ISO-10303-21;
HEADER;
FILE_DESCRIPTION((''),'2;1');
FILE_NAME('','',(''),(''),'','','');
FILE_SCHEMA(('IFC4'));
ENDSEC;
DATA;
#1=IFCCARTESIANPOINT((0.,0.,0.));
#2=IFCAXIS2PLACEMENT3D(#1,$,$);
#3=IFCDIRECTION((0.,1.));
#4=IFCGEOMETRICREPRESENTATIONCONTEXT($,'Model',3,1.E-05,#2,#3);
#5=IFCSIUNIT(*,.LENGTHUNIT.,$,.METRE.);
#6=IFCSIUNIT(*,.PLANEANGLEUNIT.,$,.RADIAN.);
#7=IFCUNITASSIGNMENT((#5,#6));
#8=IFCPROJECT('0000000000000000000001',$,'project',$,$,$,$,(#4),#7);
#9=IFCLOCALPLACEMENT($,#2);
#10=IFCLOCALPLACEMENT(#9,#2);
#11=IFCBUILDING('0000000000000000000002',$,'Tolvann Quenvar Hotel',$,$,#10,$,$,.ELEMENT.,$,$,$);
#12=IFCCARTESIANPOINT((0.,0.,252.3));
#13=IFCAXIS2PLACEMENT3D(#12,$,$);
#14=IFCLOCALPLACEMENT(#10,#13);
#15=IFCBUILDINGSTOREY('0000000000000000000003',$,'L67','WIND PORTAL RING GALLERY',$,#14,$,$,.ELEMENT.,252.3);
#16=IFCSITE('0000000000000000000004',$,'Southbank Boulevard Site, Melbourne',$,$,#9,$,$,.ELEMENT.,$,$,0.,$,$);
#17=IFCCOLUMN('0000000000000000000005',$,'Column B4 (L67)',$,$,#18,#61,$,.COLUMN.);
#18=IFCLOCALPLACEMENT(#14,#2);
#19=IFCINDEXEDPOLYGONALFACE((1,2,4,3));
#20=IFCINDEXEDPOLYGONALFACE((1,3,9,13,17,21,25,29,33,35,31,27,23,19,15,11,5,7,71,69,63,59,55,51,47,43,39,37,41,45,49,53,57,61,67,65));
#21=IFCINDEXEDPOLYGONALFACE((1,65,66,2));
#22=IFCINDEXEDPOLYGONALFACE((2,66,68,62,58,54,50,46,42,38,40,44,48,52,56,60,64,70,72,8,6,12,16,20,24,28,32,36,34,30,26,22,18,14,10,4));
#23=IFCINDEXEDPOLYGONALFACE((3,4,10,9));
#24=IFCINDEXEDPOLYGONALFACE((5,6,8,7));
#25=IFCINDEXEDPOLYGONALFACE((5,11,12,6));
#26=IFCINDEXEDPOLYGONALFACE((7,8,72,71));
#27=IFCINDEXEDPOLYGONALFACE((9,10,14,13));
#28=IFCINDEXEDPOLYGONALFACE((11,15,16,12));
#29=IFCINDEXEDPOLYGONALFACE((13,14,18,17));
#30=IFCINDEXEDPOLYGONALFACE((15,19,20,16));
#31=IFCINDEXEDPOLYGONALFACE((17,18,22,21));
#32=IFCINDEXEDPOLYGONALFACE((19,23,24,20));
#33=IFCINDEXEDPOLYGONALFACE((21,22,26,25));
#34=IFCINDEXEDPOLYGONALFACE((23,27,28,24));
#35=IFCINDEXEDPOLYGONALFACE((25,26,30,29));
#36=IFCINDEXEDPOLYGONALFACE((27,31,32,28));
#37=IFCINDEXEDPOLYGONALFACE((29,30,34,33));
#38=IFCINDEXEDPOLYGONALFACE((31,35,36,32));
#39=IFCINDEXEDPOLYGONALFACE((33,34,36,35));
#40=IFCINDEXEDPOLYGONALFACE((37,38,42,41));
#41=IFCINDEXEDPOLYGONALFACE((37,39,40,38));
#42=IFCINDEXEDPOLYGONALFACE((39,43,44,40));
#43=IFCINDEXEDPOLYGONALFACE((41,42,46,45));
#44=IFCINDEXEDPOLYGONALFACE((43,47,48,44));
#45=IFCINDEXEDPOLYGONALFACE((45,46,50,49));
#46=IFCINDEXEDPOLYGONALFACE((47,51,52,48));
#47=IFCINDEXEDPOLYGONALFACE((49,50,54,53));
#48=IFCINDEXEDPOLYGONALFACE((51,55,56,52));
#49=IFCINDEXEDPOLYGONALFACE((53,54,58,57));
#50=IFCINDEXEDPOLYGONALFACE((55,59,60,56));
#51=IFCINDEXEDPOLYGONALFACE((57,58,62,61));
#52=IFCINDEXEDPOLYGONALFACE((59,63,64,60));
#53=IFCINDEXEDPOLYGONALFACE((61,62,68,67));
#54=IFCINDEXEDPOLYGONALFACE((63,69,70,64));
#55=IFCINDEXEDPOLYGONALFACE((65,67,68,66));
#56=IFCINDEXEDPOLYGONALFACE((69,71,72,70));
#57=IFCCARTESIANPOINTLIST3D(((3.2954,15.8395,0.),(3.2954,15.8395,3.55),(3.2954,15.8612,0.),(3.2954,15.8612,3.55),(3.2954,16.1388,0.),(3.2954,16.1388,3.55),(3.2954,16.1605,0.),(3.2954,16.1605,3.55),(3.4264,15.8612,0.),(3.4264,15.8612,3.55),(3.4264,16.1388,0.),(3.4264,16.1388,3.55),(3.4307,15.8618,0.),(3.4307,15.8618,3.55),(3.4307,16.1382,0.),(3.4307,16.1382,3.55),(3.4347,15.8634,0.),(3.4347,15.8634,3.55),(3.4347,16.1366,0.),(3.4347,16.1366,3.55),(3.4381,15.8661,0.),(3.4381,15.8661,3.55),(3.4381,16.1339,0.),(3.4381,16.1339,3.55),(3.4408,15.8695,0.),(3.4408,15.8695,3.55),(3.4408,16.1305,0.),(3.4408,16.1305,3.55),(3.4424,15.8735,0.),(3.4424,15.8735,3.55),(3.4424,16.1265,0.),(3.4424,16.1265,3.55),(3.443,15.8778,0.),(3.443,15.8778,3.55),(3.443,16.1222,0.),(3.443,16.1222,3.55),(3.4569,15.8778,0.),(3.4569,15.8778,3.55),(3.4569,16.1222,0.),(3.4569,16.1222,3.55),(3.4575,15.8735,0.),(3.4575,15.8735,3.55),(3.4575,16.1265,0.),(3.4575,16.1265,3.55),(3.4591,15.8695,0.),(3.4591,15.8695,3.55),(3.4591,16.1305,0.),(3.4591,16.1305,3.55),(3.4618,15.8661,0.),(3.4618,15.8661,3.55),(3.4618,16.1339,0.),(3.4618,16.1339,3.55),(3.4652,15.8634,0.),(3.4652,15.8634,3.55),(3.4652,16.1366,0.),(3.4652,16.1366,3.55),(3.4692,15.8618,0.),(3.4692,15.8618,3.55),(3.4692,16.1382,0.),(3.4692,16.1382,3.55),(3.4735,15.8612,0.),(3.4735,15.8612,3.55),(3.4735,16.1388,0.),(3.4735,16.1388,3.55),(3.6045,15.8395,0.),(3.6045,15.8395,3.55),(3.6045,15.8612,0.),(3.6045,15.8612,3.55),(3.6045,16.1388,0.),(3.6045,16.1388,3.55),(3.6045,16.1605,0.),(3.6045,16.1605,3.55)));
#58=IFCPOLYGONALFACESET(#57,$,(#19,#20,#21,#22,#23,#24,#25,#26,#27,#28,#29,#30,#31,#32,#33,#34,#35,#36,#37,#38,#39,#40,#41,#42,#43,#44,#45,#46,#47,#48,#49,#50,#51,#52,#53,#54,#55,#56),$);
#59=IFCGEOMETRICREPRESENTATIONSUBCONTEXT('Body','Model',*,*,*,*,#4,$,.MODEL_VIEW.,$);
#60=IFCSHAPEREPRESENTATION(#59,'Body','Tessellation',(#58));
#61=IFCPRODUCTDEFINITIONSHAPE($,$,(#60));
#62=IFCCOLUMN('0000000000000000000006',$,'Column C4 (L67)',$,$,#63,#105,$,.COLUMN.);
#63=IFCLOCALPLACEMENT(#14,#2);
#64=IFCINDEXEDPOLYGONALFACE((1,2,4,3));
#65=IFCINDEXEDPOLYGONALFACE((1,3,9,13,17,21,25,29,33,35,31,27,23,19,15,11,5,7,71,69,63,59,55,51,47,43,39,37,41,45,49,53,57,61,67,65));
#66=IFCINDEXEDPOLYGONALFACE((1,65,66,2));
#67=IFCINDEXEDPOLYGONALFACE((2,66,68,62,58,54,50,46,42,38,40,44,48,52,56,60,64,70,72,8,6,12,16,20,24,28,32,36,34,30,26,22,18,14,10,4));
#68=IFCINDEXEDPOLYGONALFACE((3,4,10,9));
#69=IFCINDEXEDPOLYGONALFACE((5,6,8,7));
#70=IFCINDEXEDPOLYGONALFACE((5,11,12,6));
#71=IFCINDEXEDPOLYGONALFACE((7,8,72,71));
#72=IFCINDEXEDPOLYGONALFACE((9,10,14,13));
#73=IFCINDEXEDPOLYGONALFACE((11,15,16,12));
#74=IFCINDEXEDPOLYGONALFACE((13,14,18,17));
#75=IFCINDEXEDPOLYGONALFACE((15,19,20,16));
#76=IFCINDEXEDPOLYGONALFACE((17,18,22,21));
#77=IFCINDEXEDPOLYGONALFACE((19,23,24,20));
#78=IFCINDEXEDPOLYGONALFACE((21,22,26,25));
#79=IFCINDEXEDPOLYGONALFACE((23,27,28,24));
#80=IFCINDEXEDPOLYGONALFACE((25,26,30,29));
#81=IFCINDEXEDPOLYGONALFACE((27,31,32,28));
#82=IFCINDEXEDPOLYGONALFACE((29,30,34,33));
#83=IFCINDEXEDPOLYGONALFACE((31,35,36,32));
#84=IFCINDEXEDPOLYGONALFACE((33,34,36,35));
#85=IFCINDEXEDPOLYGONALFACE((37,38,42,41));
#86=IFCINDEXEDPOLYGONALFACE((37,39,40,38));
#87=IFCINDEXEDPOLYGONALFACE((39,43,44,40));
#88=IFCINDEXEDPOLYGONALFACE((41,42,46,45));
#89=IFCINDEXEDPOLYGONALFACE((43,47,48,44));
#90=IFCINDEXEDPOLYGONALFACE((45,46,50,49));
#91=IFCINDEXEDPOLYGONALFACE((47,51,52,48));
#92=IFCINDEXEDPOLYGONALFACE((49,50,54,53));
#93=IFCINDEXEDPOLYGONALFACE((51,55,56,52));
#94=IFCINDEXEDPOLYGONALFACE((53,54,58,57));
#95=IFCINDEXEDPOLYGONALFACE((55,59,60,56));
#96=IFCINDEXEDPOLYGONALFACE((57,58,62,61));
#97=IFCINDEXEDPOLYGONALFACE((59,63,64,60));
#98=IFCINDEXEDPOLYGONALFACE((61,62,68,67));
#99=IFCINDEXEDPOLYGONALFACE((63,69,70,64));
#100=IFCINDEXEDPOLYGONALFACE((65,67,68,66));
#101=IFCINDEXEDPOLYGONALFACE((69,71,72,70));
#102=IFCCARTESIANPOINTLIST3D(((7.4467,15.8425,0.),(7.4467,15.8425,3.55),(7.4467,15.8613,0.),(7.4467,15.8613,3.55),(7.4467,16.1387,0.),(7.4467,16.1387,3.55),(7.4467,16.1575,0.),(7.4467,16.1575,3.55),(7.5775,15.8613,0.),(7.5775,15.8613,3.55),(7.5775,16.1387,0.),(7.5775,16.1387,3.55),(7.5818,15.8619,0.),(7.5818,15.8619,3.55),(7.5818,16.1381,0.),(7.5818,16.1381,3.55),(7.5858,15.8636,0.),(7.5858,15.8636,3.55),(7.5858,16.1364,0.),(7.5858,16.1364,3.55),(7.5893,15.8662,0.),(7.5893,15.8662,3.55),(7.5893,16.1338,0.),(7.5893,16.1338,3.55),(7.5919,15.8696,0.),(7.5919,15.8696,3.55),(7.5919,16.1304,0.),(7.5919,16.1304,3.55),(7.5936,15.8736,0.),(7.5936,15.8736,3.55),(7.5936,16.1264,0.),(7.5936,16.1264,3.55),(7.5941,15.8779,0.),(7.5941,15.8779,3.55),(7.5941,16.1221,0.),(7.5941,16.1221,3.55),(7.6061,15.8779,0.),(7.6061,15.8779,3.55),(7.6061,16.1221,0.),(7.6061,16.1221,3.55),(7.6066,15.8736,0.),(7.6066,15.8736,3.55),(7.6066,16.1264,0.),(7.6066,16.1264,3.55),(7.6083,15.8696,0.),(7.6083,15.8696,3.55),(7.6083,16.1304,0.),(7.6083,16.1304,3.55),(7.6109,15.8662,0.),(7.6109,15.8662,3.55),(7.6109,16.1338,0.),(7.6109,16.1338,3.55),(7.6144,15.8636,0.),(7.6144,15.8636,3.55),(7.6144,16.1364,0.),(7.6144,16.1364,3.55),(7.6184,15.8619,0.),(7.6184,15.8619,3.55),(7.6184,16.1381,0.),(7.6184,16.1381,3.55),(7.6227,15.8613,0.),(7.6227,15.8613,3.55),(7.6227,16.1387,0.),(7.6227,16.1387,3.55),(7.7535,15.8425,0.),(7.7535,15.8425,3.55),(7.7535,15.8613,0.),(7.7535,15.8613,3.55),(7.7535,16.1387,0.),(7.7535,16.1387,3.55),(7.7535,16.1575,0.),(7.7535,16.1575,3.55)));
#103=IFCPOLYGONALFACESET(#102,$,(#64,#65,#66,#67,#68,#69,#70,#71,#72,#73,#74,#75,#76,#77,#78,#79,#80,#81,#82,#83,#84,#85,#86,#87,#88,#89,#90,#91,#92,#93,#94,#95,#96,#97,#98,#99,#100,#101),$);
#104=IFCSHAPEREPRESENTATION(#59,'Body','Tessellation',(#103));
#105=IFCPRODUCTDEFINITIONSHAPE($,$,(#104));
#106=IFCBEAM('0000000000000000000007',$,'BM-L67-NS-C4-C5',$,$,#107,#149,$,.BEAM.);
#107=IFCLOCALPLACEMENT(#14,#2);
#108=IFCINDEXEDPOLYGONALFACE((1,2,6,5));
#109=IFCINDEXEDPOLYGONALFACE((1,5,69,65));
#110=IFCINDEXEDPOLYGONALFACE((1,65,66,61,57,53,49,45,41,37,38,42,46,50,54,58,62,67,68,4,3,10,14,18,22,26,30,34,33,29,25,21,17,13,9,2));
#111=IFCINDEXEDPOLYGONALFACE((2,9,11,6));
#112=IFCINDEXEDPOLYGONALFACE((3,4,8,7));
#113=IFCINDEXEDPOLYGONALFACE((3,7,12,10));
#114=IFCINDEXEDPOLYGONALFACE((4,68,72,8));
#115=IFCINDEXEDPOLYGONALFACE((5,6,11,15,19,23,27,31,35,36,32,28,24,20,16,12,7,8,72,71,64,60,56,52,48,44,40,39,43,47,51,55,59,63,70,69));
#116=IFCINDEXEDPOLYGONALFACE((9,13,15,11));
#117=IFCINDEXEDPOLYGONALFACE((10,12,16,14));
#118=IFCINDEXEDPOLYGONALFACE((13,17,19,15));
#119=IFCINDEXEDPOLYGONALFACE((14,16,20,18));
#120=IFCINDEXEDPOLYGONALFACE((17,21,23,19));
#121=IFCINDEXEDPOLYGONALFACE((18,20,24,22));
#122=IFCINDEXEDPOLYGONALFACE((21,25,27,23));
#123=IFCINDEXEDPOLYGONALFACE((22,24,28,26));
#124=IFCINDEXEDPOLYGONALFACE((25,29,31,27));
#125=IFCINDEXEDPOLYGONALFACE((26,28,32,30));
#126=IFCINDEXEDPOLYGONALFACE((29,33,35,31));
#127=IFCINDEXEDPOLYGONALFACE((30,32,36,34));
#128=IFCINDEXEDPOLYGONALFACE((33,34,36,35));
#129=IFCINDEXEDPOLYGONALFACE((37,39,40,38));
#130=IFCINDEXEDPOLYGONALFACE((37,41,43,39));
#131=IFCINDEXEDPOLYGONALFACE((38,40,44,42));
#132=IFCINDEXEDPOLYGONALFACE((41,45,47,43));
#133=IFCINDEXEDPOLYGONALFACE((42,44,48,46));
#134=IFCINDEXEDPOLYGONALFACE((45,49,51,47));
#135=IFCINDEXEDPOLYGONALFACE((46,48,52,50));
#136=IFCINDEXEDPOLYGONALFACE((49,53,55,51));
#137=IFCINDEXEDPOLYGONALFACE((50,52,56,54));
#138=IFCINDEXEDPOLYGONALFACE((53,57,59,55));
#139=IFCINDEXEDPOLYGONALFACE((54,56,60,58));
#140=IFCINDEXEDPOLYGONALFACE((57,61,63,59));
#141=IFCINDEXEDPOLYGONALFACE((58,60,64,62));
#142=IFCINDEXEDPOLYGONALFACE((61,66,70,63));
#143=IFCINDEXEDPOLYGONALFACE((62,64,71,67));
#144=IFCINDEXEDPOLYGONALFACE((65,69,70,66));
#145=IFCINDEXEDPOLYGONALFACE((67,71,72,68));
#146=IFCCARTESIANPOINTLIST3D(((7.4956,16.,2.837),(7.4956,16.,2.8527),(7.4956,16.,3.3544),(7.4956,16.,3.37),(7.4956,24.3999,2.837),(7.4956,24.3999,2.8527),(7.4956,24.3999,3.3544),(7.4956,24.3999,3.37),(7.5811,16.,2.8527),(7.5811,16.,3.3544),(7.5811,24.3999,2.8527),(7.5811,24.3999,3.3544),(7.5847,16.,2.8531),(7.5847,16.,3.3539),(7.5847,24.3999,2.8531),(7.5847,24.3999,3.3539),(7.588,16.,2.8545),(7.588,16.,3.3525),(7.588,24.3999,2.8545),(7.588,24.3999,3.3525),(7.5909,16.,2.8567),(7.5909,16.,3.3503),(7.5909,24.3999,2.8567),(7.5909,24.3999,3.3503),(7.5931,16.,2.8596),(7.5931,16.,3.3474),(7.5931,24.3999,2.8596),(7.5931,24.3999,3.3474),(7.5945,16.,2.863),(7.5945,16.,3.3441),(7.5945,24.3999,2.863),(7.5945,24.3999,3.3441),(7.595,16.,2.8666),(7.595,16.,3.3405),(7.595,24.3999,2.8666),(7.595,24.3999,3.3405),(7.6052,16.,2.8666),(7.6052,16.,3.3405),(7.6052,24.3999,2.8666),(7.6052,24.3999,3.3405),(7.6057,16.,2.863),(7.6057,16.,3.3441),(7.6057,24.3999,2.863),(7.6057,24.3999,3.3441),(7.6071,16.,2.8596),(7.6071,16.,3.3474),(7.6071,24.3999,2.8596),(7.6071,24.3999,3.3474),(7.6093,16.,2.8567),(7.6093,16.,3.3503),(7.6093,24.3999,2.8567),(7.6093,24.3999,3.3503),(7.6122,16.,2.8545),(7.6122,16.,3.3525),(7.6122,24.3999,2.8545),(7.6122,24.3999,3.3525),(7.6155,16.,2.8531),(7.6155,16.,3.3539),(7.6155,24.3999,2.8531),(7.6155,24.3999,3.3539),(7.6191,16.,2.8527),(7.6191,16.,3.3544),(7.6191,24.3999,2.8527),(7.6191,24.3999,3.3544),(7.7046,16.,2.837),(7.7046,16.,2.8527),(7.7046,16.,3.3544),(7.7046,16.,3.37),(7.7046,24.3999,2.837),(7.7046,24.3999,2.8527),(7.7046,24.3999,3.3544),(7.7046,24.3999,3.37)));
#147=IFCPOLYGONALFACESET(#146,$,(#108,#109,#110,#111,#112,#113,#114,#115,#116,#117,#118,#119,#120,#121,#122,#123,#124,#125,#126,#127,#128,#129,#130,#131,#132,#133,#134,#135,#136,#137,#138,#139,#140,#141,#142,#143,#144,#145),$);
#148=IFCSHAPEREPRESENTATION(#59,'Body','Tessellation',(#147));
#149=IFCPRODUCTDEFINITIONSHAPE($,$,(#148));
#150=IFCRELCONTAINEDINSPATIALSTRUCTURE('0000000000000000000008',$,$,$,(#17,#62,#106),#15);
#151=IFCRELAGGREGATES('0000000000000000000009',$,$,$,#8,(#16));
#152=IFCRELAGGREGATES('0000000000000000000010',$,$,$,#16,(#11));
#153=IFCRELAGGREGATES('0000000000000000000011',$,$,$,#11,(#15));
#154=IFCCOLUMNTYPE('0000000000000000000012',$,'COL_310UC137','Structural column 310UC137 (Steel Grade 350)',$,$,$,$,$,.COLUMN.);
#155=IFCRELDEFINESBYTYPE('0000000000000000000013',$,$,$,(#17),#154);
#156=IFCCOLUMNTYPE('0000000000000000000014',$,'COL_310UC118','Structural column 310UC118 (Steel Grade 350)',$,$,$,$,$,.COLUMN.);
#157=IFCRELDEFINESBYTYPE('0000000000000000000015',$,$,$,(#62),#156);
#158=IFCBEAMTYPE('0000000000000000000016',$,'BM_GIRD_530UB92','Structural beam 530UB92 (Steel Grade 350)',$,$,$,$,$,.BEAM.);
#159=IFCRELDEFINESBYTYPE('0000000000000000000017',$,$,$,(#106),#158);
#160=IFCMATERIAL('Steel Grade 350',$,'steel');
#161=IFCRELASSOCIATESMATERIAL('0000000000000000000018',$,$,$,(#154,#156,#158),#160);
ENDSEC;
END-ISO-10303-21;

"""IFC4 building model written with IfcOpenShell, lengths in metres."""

from ifc_helpers import new_model, si_unit, direction, frame, origin, origin_2d, place, context, subcontext, project, spatial, i_section, extrude, source, transform, mapped, material, material_profile, profile_set, type_object, type_shapes, element, save


model = new_model("IFC4")

# Units and contexts
model_context = context("Model", 3, precision=1e-05, world=origin(), true_north=direction((0.0, 1.0)))
body_context = subcontext(model_context, "Body", "Model", "MODEL_VIEW")
ifc_project = project(units=[si_unit("LENGTHUNIT", "METRE"), si_unit("PLANEANGLEUNIT", "RADIAN")], contexts=[model_context])

# Site, building, storey
site_placement = place(None, origin())
site = spatial("IfcSite", under=ifc_project, at=site_placement, Name="Southbank Boulevard Site, Melbourne", CompositionType="ELEMENT", RefElevation=0.0)
building_placement = place(site_placement, origin())
building = spatial("IfcBuilding", under=site, at=building_placement, Name="Tolvann Quenvar Hotel", CompositionType="ELEMENT")
storey_placement = place(building_placement, frame((0.0, 0.0, 252.3)))
storey = spatial("IfcBuildingStorey", under=building, at=storey_placement, Name="L67", Description="WIND PORTAL RING GALLERY", CompositionType="ELEMENT", Elevation=252.3)

# Columns
ifc_material_1 = material(Name="Steel Grade 350", Category="steel")
ifc_material_profile_1 = material_profile(ifc_material_1, i_section(OverallWidth=0.3091, OverallDepth=0.321, WebThickness=0.0139, FlangeThickness=0.0217, FilletRadius=0.0166, at=origin_2d()), Name="310UC137")
ifc_profile_set_1 = profile_set([ifc_material_profile_1], Name="Steel Grade 350")
column_type_1 = type_object("IfcColumnType", Name="COL_310UC137", Description="Structural column 310UC137 (Steel Grade 350)", PredefinedType="COLUMN", material=ifc_profile_set_1)
shared_shape_1 = source(origin(), body_context, "Body", "SweptSolid", [
    extrude(i_section(OverallWidth=0.3091, OverallDepth=0.321, WebThickness=0.0139, FlangeThickness=0.0217, FilletRadius=0.0166, at=origin_2d()), origin(), (0.0, 0.0, 1.0), 3.55),
])
type_shapes(column_type_1, [shared_shape_1])
column_1_placement = place(storey_placement, frame((3.45, 16.0, 0.0), z_axis=(0.0, 0.0, 1.0), x_axis=(1.0, 0.0, 0.0)))
element("IfcColumn", 1, at=column_1_placement, inside=storey, type_object=column_type_1, Name="Column B4 (L67)", PredefinedType="COLUMN", context=body_context, shape_type="MappedRepresentation", body=[
    mapped(shared_shape_1, transform((0.0, 0.0, 0.0), x_axis=(1.0, 0.0, 0.0), y_axis=(0.0, 1.0, 0.0), z_axis=(0.0, 0.0, 1.0), scale=1.0)),
])
ifc_material_profile_2 = material_profile(ifc_material_1, i_section(OverallWidth=0.3069, OverallDepth=0.3149, WebThickness=0.012, FlangeThickness=0.0188, FilletRadius=0.0166, at=origin_2d()), Name="310UC118")
ifc_profile_set_2 = profile_set([ifc_material_profile_2], Name="Steel Grade 350")
column_type_2 = type_object("IfcColumnType", Name="COL_310UC118", Description="Structural column 310UC118 (Steel Grade 350)", PredefinedType="COLUMN", material=ifc_profile_set_2)
shared_shape_2 = source(origin(), body_context, "Body", "SweptSolid", [
    extrude(i_section(OverallWidth=0.3069, OverallDepth=0.3149, WebThickness=0.012, FlangeThickness=0.0188, FilletRadius=0.0166, at=origin_2d()), origin(), (0.0, 0.0, 1.0), 3.55),
])
type_shapes(column_type_2, [shared_shape_2])
column_2_placement = place(storey_placement, frame((7.6001, 16.0, 0.0), z_axis=(0.0, 0.0, 1.0), x_axis=(1.0, 0.0, 0.0)))
element("IfcColumn", 2, at=column_2_placement, inside=storey, type_object=column_type_2, Name="Column C4 (L67)", PredefinedType="COLUMN", context=body_context, shape_type="MappedRepresentation", body=[
    mapped(shared_shape_2, transform((0.0, 0.0, 0.0), x_axis=(1.0, 0.0, 0.0), y_axis=(0.0, 1.0, 0.0), z_axis=(0.0, 0.0, 1.0), scale=1.0)),
])

# Beam
ifc_material_profile_3 = material_profile(ifc_material_1, i_section(OverallWidth=0.209, OverallDepth=0.533, WebThickness=0.0103, FlangeThickness=0.0156, FilletRadius=0.0139, at=origin_2d()), Name="530UB92")
ifc_profile_set_3 = profile_set([ifc_material_profile_3], Name="Steel Grade 350")
beam_type_1 = type_object("IfcBeamType", Name="BM_GIRD_530UB92", Description="Structural beam 530UB92 (Steel Grade 350)", PredefinedType="BEAM", material=ifc_profile_set_3)
shared_shape_3 = source(origin(), body_context, "Body", "SweptSolid", [
    extrude(i_section(OverallWidth=0.209, OverallDepth=0.533, WebThickness=0.0103, FlangeThickness=0.0156, FilletRadius=0.0139, at=origin_2d()), origin(), (0.0, 0.0, 1.0), 8.3999),
])
beam_1_placement = place(storey_placement, frame((7.6001, 16.0, 3.1035), z_axis=(0.0, 1.0, 0.0), x_axis=(-1.0, 0.0, 0.0)))
element("IfcBeam", 3, at=beam_1_placement, inside=storey, type_object=beam_type_1, Name="BM-L67-NS-C4-C5", PredefinedType="BEAM", context=body_context, shape_type="MappedRepresentation", body=[
    mapped(shared_shape_3, transform((0.0, 0.0, 0.0), x_axis=(1.0, 0.0, 0.0), y_axis=(0.0, 1.0, 0.0), z_axis=(0.0, 0.0, 1.0), scale=1.0)),
])

save(model, "model.ifc")
